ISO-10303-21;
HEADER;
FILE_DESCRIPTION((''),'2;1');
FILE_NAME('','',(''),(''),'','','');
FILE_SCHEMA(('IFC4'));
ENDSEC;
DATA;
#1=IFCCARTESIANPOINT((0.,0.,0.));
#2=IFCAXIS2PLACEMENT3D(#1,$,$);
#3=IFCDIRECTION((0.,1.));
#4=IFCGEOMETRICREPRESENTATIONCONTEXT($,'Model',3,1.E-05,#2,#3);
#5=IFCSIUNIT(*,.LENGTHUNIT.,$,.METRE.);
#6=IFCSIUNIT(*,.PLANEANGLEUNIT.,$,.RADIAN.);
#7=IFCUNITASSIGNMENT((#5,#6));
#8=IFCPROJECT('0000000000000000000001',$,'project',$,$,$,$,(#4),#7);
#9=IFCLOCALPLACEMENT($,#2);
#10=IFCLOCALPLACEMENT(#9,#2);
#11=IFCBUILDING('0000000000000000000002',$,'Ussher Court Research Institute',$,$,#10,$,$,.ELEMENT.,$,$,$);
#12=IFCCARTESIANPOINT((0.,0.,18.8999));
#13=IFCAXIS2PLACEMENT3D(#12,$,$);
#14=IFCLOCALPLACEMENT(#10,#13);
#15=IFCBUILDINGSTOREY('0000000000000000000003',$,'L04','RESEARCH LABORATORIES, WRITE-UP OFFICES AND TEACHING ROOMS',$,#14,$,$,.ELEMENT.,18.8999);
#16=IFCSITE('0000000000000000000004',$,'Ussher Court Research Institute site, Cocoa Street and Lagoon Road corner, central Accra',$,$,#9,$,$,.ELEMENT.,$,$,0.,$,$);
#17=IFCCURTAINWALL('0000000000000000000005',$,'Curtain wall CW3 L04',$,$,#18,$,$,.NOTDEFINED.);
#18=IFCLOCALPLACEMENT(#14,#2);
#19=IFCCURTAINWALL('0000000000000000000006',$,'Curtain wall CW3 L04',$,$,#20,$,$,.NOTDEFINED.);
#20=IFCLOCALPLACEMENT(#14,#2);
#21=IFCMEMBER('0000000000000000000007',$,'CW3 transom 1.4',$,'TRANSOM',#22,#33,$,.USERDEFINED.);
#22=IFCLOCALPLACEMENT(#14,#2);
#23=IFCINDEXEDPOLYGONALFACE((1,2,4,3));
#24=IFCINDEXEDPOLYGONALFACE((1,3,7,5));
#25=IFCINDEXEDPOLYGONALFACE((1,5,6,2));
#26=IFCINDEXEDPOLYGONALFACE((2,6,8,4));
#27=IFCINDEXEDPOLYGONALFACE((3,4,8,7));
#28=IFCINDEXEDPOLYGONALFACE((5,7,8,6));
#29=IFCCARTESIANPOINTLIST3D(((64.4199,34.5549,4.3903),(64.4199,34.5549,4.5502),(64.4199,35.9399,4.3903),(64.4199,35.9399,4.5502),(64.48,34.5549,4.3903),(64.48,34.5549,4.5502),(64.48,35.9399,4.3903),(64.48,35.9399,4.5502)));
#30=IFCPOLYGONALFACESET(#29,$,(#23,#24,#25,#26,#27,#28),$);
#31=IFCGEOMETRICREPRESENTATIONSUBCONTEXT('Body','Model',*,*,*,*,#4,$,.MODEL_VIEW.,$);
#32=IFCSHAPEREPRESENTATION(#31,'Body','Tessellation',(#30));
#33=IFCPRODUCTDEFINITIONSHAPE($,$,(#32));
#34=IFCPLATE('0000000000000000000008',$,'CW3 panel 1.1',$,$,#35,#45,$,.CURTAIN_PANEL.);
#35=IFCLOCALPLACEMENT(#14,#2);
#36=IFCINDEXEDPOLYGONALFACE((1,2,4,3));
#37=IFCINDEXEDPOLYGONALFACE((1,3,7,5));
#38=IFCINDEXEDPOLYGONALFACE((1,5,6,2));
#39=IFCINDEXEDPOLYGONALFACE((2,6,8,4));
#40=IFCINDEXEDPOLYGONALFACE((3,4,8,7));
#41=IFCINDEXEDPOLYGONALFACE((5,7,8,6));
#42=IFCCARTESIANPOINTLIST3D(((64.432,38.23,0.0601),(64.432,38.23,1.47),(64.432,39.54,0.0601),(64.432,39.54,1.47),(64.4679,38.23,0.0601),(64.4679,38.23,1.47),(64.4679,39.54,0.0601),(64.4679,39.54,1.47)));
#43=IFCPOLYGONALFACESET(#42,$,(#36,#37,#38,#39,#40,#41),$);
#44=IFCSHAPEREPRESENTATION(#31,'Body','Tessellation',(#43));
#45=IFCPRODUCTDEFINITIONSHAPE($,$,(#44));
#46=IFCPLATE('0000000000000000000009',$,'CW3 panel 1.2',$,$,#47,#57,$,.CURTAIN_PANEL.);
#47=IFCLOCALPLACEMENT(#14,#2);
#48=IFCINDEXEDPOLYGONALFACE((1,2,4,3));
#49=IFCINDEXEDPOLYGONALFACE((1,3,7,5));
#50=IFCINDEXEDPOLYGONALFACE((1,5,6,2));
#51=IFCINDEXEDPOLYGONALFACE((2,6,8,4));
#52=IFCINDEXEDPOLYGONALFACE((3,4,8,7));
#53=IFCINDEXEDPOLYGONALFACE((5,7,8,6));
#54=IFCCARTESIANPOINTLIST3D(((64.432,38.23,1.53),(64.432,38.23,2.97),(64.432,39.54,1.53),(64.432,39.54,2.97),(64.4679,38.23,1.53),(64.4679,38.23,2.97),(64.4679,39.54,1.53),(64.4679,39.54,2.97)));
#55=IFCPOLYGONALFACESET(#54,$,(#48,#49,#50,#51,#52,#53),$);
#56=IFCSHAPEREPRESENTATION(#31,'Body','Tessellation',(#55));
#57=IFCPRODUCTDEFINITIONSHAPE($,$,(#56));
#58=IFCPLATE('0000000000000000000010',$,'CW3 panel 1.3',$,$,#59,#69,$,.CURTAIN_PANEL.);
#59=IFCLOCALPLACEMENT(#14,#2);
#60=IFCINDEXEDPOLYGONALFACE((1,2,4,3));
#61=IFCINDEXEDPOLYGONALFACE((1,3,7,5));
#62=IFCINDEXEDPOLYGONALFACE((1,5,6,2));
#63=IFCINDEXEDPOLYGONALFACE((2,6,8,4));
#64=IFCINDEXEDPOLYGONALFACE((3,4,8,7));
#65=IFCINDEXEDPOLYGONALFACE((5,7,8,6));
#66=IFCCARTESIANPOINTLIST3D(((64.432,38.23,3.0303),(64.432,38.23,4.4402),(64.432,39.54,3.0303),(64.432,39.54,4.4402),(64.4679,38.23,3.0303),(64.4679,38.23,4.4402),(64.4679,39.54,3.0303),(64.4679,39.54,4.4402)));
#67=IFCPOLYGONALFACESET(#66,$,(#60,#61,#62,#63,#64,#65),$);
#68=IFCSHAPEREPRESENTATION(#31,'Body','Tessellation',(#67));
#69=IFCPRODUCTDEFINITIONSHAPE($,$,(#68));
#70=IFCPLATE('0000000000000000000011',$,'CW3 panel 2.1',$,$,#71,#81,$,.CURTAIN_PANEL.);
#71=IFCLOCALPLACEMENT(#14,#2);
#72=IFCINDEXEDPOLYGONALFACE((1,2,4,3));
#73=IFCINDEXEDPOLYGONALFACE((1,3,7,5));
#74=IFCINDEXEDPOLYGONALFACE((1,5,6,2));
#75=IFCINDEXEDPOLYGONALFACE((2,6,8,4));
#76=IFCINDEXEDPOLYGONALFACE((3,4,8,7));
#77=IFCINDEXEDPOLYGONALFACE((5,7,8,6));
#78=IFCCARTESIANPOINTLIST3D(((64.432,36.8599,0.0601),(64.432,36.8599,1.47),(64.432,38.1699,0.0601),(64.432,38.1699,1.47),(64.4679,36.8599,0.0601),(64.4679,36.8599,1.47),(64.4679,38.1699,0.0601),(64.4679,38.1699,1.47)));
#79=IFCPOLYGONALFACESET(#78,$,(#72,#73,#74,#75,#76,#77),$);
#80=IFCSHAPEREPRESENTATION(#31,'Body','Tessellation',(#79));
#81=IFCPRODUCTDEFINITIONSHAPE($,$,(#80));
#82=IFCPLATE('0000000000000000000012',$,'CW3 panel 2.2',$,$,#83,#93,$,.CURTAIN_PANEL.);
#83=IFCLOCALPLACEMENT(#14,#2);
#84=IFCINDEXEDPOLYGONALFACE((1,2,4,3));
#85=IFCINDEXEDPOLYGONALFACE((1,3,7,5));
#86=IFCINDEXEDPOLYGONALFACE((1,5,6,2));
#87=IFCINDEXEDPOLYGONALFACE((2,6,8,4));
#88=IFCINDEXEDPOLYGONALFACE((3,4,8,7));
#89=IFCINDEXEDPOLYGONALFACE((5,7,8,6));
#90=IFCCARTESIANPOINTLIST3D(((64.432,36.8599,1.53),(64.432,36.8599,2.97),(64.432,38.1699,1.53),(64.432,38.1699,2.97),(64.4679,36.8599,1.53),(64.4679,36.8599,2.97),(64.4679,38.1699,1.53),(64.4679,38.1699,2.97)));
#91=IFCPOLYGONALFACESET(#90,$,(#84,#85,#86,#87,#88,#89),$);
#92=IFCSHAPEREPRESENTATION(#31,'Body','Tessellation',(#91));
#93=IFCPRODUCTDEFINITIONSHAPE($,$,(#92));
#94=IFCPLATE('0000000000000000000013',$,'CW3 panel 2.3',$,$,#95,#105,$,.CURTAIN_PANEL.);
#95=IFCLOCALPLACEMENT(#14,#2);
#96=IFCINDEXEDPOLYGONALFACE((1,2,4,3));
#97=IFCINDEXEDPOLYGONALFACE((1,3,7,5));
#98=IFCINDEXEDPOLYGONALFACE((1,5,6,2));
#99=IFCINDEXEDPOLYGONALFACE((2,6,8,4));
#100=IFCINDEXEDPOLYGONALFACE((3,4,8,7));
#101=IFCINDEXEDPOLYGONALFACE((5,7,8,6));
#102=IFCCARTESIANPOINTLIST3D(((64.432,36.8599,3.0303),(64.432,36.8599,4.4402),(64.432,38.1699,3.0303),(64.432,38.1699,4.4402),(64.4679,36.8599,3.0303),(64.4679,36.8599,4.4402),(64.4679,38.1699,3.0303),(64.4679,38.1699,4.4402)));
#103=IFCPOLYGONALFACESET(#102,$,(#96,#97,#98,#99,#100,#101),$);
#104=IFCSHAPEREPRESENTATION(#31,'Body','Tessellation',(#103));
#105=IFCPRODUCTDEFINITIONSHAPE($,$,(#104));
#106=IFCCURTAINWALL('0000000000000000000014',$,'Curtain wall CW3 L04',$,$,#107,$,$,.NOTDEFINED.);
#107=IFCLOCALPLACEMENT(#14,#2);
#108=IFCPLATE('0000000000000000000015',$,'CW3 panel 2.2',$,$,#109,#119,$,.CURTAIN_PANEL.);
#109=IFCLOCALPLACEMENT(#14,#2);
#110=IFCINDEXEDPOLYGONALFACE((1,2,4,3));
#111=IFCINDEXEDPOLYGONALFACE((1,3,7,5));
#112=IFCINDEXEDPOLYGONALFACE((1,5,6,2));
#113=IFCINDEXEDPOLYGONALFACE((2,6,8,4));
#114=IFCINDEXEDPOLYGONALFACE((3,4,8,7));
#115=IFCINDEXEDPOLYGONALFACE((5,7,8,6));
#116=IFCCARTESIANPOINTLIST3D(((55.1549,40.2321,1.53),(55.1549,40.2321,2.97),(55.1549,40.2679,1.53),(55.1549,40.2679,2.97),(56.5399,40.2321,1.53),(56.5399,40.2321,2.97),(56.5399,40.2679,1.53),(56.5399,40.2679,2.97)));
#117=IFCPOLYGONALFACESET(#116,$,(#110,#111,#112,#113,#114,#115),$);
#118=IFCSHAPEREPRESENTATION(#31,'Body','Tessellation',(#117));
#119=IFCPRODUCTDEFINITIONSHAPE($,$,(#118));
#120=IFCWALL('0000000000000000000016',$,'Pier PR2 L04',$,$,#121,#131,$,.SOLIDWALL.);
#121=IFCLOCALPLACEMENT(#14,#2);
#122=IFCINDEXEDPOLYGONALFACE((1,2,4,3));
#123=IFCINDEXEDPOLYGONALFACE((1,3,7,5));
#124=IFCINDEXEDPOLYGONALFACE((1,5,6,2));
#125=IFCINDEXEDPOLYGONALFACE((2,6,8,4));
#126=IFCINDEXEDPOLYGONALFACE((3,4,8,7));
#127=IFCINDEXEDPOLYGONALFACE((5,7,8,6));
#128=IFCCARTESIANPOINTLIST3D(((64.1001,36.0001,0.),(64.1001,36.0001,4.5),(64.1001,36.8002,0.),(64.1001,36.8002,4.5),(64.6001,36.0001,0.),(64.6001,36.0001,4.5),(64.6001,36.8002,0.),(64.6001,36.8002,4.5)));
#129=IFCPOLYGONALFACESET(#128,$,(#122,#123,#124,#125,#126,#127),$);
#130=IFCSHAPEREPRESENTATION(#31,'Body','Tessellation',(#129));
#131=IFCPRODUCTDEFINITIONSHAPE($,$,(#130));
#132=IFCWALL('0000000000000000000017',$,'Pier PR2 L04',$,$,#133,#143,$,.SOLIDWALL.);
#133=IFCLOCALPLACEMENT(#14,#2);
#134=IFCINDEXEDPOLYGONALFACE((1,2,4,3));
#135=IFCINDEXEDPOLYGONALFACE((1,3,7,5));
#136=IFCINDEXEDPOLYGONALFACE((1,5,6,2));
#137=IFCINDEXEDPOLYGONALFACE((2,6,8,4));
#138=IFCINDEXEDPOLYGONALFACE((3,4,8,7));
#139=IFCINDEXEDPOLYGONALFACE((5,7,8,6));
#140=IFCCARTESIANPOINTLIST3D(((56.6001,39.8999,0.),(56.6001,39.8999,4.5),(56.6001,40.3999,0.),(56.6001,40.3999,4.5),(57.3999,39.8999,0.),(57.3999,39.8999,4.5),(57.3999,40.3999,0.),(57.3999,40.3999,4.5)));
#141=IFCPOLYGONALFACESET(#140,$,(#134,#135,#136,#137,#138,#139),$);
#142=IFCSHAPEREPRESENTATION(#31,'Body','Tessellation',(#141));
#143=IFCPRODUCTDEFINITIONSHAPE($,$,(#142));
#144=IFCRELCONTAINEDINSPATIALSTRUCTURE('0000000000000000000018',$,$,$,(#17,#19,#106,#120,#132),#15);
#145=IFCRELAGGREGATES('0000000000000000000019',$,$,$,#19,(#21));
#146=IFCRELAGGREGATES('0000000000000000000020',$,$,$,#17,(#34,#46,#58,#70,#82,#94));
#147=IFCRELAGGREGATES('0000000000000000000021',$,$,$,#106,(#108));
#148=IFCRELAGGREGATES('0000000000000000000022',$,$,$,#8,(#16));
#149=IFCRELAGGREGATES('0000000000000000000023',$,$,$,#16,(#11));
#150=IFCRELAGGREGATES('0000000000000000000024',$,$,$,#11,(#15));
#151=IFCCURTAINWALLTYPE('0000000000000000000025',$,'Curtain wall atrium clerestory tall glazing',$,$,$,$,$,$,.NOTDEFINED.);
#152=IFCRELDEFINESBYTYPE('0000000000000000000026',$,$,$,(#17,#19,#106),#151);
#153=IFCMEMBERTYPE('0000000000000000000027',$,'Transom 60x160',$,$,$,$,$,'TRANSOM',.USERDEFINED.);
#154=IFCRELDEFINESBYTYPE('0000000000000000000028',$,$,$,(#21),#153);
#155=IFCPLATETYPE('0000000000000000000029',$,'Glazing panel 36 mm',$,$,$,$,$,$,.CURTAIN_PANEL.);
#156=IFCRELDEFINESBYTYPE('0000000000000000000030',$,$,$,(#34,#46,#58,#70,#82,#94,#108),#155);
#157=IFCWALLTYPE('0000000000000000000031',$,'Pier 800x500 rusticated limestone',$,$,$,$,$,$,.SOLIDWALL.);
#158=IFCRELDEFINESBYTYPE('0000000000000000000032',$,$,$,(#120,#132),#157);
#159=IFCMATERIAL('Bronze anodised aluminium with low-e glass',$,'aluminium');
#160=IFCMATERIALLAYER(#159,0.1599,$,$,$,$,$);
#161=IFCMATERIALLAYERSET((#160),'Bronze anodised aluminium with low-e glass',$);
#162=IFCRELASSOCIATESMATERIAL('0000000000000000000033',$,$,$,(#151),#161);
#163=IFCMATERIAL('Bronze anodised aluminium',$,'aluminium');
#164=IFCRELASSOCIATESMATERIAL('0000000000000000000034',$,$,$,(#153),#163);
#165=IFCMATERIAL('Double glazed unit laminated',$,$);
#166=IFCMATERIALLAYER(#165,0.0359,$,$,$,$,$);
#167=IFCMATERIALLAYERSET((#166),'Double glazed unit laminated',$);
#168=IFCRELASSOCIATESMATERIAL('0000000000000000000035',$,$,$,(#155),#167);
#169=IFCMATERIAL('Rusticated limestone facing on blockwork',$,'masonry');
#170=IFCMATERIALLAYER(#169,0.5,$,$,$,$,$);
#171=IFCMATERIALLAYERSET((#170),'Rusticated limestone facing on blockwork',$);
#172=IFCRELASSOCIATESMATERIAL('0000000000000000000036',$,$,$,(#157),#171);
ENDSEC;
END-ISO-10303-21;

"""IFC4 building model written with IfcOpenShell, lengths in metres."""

from ifc_helpers import new_model, si_unit, direction, frame, frame_2d, origin, origin_2d, place, context, subcontext, project, spatial, rectangle, extrude, material, layer, layer_set, material_profile, profile_set, type_object, element, aggregate, save


model = new_model("IFC4")

# Units and contexts
model_context = context("Model", 3, precision=1e-05, world=origin(), true_north=direction((0.0, 1.0)))
body_context = subcontext(model_context, "Body", "Model", "MODEL_VIEW")
ifc_project = project(units=[si_unit("LENGTHUNIT", "METRE"), si_unit("PLANEANGLEUNIT", "RADIAN")], contexts=[model_context])

# Site, building, storey
site_placement = place(None, origin())
site = spatial("IfcSite", under=ifc_project, at=site_placement, Name="Ussher Court Research Institute site, Cocoa Street and Lagoon Road corner, central Accra", CompositionType="ELEMENT", RefElevation=0.0)
building_placement = place(site_placement, origin())
building = spatial("IfcBuilding", under=site, at=building_placement, Name="Ussher Court Research Institute", CompositionType="ELEMENT")
storey_placement = place(building_placement, frame((0.0, 0.0, 18.8999)))
storey = spatial("IfcBuildingStorey", under=building, at=storey_placement, Name="L04", Description="RESEARCH LABORATORIES, WRITE-UP OFFICES AND TEACHING ROOMS", CompositionType="ELEMENT", Elevation=18.8999)

# Curtain wall
ifc_material_1 = material(Name="Bronze anodised aluminium with low-e glass", Category="aluminium")
ifc_layer_1 = layer(ifc_material_1, 0.1599)
ifc_layer_set_1 = layer_set([ifc_layer_1], Name="Bronze anodised aluminium with low-e glass")
curtain_wall_type = type_object("IfcCurtainWallType", Name="Curtain wall atrium clerestory tall glazing", PredefinedType="NOTDEFINED", material=ifc_layer_set_1)
curtain_wall_1_placement = place(storey_placement, origin())
curtain_wall_1 = element("IfcCurtainWall", 1, at=curtain_wall_1_placement, inside=storey, type_object=curtain_wall_type, Name="Curtain wall CW3 L04", PredefinedType="NOTDEFINED")

# Curtain wall
curtain_wall_2_placement = place(storey_placement, origin())
curtain_wall_2 = element("IfcCurtainWall", 2, at=curtain_wall_2_placement, inside=storey, type_object=curtain_wall_type, Name="Curtain wall CW3 L04", PredefinedType="NOTDEFINED")

# Member
ifc_material_2 = material(Name="Bronze anodised aluminium", Category="aluminium")
ifc_material_profile_1 = material_profile(ifc_material_2, rectangle(XDim=0.0601, YDim=0.1599, at=origin_2d()), Name="Transom 60x160")
ifc_profile_set_1 = profile_set([ifc_material_profile_1], Name="Bronze anodised aluminium")
member_type_1 = type_object("IfcMemberType", Name="Transom 60x160", ElementType="TRANSOM", PredefinedType="USERDEFINED", material=ifc_profile_set_1)
member_1_placement = place(storey_placement, frame((64.45, 35.9399, 4.4702), z_axis=(0.0, -1.0, 0.0), x_axis=(1.0, 0.0, 0.0)))
member_1 = element("IfcMember", 3, at=member_1_placement, type_object=member_type_1, Name="CW3 transom 1.4", ObjectType="TRANSOM", PredefinedType="USERDEFINED", context=body_context, shape_type="SweptSolid", body=[
    extrude(rectangle(XDim=0.0601, YDim=0.1599, at=origin_2d()), origin(), (0.0, 0.0, 1.0), 1.385),
])
aggregate(curtain_wall_2, [member_1])

# Plates
ifc_material_3 = material(Name="Double glazed unit laminated")
ifc_layer_2 = layer(ifc_material_3, 0.0359)
ifc_layer_set_2 = layer_set([ifc_layer_2], Name="Double glazed unit laminated")
plate_type = type_object("IfcPlateType", Name="Glazing panel 36 mm", PredefinedType="CURTAIN_PANEL", material=ifc_layer_set_2)
plate_1_placement = place(storey_placement, frame((64.45, 38.885, 0.0601), z_axis=(0.0, 0.0, 1.0), x_axis=(0.0, -1.0, 0.0)))
plate_1 = element("IfcPlate", 4, at=plate_1_placement, type_object=plate_type, Name="CW3 panel 1.1", PredefinedType="CURTAIN_PANEL", context=body_context, shape_type="SweptSolid", body=[
    extrude(rectangle(XDim=1.3101, YDim=0.0359, at=origin_2d()), origin(), (0.0, 0.0, 1.0), 1.4099),
])
plate_2_placement = place(storey_placement, frame((64.45, 38.885, 1.53), z_axis=(0.0, 0.0, 1.0), x_axis=(0.0, -1.0, 0.0)))
plate_2 = element("IfcPlate", 5, at=plate_2_placement, type_object=plate_type, Name="CW3 panel 1.2", PredefinedType="CURTAIN_PANEL", context=body_context, shape_type="SweptSolid", body=[
    extrude(rectangle(XDim=1.3101, YDim=0.0359, at=origin_2d()), origin(), (0.0, 0.0, 1.0), 1.4399),
])
plate_3_placement = place(storey_placement, frame((64.45, 38.885, 3.0303), z_axis=(0.0, 0.0, 1.0), x_axis=(0.0, -1.0, 0.0)))
plate_3 = element("IfcPlate", 6, at=plate_3_placement, type_object=plate_type, Name="CW3 panel 1.3", PredefinedType="CURTAIN_PANEL", context=body_context, shape_type="SweptSolid", body=[
    extrude(rectangle(XDim=1.3101, YDim=0.0359, at=origin_2d()), origin(), (0.0, 0.0, 1.0), 1.4099),
])
plate_4_placement = place(storey_placement, frame((64.45, 37.5149, 0.0601), z_axis=(0.0, 0.0, 1.0), x_axis=(0.0, -1.0, 0.0)))
plate_4 = element("IfcPlate", 7, at=plate_4_placement, type_object=plate_type, Name="CW3 panel 2.1", PredefinedType="CURTAIN_PANEL", context=body_context, shape_type="SweptSolid", body=[
    extrude(rectangle(XDim=1.3101, YDim=0.0359, at=origin_2d()), origin(), (0.0, 0.0, 1.0), 1.4099),
])
plate_5_placement = place(storey_placement, frame((64.45, 37.5149, 1.53), z_axis=(0.0, 0.0, 1.0), x_axis=(0.0, -1.0, 0.0)))
plate_5 = element("IfcPlate", 8, at=plate_5_placement, type_object=plate_type, Name="CW3 panel 2.2", PredefinedType="CURTAIN_PANEL", context=body_context, shape_type="SweptSolid", body=[
    extrude(rectangle(XDim=1.3101, YDim=0.0359, at=origin_2d()), origin(), (0.0, 0.0, 1.0), 1.4399),
])
plate_6_placement = place(storey_placement, frame((64.45, 37.5149, 3.0303), z_axis=(0.0, 0.0, 1.0), x_axis=(0.0, -1.0, 0.0)))
plate_6 = element("IfcPlate", 9, at=plate_6_placement, type_object=plate_type, Name="CW3 panel 2.3", PredefinedType="CURTAIN_PANEL", context=body_context, shape_type="SweptSolid", body=[
    extrude(rectangle(XDim=1.3101, YDim=0.0359, at=origin_2d()), origin(), (0.0, 0.0, 1.0), 1.4099),
])
aggregate(curtain_wall_1, [plate_1, plate_2, plate_3, plate_4, plate_5, plate_6])

# Curtain wall, plate
curtain_wall_3_placement = place(storey_placement, origin())
curtain_wall_3 = element("IfcCurtainWall", 10, at=curtain_wall_3_placement, inside=storey, type_object=curtain_wall_type, Name="Curtain wall CW3 L04", PredefinedType="NOTDEFINED")
plate_7_placement = place(storey_placement, frame((55.8474, 40.25, 1.53), z_axis=(0.0, 0.0, 1.0), x_axis=(1.0, 0.0, 0.0)))
plate_7 = element("IfcPlate", 11, at=plate_7_placement, type_object=plate_type, Name="CW3 panel 2.2", PredefinedType="CURTAIN_PANEL", context=body_context, shape_type="SweptSolid", body=[
    extrude(rectangle(XDim=1.385, YDim=0.0359, at=origin_2d()), origin(), (0.0, 0.0, 1.0), 1.4399),
])
aggregate(curtain_wall_3, [plate_7])

# Walls
ifc_material_4 = material(Name="Rusticated limestone facing on blockwork", Category="masonry")
ifc_layer_3 = layer(ifc_material_4, 0.5)
ifc_layer_set_3 = layer_set([ifc_layer_3], Name="Rusticated limestone facing on blockwork")
wall_type = type_object("IfcWallType", Name="Pier 800x500 rusticated limestone", PredefinedType="SOLIDWALL", material=ifc_layer_set_3)
wall_1_placement = place(storey_placement, frame((64.3501, 36.8, 0.0), z_axis=(0.0, 0.0, 1.0), x_axis=(0.0, -1.0, 0.0)))
element("IfcWall", 12, at=wall_1_placement, inside=storey, type_object=wall_type, Name="Pier PR2 L04", PredefinedType="SOLIDWALL", context=body_context, shape_type="SweptSolid", body=[
    extrude(rectangle(XDim=0.8, YDim=0.5, at=frame_2d((0.3999, 0.0))), origin(), (0.0, 0.0, 1.0), 4.5),
])
wall_2_placement = place(storey_placement, frame((56.6001, 40.1499, 0.0), z_axis=(0.0, 0.0, 1.0), x_axis=(1.0, 0.0, 0.0)))
element("IfcWall", 13, at=wall_2_placement, inside=storey, type_object=wall_type, Name="Pier PR2 L04", PredefinedType="SOLIDWALL", context=body_context, shape_type="SweptSolid", body=[
    extrude(rectangle(XDim=0.7998, YDim=0.5, at=frame_2d((0.3999, 0.0))), origin(), (0.0, 0.0, 1.0), 4.5),
])

save(model, "model.ifc")
